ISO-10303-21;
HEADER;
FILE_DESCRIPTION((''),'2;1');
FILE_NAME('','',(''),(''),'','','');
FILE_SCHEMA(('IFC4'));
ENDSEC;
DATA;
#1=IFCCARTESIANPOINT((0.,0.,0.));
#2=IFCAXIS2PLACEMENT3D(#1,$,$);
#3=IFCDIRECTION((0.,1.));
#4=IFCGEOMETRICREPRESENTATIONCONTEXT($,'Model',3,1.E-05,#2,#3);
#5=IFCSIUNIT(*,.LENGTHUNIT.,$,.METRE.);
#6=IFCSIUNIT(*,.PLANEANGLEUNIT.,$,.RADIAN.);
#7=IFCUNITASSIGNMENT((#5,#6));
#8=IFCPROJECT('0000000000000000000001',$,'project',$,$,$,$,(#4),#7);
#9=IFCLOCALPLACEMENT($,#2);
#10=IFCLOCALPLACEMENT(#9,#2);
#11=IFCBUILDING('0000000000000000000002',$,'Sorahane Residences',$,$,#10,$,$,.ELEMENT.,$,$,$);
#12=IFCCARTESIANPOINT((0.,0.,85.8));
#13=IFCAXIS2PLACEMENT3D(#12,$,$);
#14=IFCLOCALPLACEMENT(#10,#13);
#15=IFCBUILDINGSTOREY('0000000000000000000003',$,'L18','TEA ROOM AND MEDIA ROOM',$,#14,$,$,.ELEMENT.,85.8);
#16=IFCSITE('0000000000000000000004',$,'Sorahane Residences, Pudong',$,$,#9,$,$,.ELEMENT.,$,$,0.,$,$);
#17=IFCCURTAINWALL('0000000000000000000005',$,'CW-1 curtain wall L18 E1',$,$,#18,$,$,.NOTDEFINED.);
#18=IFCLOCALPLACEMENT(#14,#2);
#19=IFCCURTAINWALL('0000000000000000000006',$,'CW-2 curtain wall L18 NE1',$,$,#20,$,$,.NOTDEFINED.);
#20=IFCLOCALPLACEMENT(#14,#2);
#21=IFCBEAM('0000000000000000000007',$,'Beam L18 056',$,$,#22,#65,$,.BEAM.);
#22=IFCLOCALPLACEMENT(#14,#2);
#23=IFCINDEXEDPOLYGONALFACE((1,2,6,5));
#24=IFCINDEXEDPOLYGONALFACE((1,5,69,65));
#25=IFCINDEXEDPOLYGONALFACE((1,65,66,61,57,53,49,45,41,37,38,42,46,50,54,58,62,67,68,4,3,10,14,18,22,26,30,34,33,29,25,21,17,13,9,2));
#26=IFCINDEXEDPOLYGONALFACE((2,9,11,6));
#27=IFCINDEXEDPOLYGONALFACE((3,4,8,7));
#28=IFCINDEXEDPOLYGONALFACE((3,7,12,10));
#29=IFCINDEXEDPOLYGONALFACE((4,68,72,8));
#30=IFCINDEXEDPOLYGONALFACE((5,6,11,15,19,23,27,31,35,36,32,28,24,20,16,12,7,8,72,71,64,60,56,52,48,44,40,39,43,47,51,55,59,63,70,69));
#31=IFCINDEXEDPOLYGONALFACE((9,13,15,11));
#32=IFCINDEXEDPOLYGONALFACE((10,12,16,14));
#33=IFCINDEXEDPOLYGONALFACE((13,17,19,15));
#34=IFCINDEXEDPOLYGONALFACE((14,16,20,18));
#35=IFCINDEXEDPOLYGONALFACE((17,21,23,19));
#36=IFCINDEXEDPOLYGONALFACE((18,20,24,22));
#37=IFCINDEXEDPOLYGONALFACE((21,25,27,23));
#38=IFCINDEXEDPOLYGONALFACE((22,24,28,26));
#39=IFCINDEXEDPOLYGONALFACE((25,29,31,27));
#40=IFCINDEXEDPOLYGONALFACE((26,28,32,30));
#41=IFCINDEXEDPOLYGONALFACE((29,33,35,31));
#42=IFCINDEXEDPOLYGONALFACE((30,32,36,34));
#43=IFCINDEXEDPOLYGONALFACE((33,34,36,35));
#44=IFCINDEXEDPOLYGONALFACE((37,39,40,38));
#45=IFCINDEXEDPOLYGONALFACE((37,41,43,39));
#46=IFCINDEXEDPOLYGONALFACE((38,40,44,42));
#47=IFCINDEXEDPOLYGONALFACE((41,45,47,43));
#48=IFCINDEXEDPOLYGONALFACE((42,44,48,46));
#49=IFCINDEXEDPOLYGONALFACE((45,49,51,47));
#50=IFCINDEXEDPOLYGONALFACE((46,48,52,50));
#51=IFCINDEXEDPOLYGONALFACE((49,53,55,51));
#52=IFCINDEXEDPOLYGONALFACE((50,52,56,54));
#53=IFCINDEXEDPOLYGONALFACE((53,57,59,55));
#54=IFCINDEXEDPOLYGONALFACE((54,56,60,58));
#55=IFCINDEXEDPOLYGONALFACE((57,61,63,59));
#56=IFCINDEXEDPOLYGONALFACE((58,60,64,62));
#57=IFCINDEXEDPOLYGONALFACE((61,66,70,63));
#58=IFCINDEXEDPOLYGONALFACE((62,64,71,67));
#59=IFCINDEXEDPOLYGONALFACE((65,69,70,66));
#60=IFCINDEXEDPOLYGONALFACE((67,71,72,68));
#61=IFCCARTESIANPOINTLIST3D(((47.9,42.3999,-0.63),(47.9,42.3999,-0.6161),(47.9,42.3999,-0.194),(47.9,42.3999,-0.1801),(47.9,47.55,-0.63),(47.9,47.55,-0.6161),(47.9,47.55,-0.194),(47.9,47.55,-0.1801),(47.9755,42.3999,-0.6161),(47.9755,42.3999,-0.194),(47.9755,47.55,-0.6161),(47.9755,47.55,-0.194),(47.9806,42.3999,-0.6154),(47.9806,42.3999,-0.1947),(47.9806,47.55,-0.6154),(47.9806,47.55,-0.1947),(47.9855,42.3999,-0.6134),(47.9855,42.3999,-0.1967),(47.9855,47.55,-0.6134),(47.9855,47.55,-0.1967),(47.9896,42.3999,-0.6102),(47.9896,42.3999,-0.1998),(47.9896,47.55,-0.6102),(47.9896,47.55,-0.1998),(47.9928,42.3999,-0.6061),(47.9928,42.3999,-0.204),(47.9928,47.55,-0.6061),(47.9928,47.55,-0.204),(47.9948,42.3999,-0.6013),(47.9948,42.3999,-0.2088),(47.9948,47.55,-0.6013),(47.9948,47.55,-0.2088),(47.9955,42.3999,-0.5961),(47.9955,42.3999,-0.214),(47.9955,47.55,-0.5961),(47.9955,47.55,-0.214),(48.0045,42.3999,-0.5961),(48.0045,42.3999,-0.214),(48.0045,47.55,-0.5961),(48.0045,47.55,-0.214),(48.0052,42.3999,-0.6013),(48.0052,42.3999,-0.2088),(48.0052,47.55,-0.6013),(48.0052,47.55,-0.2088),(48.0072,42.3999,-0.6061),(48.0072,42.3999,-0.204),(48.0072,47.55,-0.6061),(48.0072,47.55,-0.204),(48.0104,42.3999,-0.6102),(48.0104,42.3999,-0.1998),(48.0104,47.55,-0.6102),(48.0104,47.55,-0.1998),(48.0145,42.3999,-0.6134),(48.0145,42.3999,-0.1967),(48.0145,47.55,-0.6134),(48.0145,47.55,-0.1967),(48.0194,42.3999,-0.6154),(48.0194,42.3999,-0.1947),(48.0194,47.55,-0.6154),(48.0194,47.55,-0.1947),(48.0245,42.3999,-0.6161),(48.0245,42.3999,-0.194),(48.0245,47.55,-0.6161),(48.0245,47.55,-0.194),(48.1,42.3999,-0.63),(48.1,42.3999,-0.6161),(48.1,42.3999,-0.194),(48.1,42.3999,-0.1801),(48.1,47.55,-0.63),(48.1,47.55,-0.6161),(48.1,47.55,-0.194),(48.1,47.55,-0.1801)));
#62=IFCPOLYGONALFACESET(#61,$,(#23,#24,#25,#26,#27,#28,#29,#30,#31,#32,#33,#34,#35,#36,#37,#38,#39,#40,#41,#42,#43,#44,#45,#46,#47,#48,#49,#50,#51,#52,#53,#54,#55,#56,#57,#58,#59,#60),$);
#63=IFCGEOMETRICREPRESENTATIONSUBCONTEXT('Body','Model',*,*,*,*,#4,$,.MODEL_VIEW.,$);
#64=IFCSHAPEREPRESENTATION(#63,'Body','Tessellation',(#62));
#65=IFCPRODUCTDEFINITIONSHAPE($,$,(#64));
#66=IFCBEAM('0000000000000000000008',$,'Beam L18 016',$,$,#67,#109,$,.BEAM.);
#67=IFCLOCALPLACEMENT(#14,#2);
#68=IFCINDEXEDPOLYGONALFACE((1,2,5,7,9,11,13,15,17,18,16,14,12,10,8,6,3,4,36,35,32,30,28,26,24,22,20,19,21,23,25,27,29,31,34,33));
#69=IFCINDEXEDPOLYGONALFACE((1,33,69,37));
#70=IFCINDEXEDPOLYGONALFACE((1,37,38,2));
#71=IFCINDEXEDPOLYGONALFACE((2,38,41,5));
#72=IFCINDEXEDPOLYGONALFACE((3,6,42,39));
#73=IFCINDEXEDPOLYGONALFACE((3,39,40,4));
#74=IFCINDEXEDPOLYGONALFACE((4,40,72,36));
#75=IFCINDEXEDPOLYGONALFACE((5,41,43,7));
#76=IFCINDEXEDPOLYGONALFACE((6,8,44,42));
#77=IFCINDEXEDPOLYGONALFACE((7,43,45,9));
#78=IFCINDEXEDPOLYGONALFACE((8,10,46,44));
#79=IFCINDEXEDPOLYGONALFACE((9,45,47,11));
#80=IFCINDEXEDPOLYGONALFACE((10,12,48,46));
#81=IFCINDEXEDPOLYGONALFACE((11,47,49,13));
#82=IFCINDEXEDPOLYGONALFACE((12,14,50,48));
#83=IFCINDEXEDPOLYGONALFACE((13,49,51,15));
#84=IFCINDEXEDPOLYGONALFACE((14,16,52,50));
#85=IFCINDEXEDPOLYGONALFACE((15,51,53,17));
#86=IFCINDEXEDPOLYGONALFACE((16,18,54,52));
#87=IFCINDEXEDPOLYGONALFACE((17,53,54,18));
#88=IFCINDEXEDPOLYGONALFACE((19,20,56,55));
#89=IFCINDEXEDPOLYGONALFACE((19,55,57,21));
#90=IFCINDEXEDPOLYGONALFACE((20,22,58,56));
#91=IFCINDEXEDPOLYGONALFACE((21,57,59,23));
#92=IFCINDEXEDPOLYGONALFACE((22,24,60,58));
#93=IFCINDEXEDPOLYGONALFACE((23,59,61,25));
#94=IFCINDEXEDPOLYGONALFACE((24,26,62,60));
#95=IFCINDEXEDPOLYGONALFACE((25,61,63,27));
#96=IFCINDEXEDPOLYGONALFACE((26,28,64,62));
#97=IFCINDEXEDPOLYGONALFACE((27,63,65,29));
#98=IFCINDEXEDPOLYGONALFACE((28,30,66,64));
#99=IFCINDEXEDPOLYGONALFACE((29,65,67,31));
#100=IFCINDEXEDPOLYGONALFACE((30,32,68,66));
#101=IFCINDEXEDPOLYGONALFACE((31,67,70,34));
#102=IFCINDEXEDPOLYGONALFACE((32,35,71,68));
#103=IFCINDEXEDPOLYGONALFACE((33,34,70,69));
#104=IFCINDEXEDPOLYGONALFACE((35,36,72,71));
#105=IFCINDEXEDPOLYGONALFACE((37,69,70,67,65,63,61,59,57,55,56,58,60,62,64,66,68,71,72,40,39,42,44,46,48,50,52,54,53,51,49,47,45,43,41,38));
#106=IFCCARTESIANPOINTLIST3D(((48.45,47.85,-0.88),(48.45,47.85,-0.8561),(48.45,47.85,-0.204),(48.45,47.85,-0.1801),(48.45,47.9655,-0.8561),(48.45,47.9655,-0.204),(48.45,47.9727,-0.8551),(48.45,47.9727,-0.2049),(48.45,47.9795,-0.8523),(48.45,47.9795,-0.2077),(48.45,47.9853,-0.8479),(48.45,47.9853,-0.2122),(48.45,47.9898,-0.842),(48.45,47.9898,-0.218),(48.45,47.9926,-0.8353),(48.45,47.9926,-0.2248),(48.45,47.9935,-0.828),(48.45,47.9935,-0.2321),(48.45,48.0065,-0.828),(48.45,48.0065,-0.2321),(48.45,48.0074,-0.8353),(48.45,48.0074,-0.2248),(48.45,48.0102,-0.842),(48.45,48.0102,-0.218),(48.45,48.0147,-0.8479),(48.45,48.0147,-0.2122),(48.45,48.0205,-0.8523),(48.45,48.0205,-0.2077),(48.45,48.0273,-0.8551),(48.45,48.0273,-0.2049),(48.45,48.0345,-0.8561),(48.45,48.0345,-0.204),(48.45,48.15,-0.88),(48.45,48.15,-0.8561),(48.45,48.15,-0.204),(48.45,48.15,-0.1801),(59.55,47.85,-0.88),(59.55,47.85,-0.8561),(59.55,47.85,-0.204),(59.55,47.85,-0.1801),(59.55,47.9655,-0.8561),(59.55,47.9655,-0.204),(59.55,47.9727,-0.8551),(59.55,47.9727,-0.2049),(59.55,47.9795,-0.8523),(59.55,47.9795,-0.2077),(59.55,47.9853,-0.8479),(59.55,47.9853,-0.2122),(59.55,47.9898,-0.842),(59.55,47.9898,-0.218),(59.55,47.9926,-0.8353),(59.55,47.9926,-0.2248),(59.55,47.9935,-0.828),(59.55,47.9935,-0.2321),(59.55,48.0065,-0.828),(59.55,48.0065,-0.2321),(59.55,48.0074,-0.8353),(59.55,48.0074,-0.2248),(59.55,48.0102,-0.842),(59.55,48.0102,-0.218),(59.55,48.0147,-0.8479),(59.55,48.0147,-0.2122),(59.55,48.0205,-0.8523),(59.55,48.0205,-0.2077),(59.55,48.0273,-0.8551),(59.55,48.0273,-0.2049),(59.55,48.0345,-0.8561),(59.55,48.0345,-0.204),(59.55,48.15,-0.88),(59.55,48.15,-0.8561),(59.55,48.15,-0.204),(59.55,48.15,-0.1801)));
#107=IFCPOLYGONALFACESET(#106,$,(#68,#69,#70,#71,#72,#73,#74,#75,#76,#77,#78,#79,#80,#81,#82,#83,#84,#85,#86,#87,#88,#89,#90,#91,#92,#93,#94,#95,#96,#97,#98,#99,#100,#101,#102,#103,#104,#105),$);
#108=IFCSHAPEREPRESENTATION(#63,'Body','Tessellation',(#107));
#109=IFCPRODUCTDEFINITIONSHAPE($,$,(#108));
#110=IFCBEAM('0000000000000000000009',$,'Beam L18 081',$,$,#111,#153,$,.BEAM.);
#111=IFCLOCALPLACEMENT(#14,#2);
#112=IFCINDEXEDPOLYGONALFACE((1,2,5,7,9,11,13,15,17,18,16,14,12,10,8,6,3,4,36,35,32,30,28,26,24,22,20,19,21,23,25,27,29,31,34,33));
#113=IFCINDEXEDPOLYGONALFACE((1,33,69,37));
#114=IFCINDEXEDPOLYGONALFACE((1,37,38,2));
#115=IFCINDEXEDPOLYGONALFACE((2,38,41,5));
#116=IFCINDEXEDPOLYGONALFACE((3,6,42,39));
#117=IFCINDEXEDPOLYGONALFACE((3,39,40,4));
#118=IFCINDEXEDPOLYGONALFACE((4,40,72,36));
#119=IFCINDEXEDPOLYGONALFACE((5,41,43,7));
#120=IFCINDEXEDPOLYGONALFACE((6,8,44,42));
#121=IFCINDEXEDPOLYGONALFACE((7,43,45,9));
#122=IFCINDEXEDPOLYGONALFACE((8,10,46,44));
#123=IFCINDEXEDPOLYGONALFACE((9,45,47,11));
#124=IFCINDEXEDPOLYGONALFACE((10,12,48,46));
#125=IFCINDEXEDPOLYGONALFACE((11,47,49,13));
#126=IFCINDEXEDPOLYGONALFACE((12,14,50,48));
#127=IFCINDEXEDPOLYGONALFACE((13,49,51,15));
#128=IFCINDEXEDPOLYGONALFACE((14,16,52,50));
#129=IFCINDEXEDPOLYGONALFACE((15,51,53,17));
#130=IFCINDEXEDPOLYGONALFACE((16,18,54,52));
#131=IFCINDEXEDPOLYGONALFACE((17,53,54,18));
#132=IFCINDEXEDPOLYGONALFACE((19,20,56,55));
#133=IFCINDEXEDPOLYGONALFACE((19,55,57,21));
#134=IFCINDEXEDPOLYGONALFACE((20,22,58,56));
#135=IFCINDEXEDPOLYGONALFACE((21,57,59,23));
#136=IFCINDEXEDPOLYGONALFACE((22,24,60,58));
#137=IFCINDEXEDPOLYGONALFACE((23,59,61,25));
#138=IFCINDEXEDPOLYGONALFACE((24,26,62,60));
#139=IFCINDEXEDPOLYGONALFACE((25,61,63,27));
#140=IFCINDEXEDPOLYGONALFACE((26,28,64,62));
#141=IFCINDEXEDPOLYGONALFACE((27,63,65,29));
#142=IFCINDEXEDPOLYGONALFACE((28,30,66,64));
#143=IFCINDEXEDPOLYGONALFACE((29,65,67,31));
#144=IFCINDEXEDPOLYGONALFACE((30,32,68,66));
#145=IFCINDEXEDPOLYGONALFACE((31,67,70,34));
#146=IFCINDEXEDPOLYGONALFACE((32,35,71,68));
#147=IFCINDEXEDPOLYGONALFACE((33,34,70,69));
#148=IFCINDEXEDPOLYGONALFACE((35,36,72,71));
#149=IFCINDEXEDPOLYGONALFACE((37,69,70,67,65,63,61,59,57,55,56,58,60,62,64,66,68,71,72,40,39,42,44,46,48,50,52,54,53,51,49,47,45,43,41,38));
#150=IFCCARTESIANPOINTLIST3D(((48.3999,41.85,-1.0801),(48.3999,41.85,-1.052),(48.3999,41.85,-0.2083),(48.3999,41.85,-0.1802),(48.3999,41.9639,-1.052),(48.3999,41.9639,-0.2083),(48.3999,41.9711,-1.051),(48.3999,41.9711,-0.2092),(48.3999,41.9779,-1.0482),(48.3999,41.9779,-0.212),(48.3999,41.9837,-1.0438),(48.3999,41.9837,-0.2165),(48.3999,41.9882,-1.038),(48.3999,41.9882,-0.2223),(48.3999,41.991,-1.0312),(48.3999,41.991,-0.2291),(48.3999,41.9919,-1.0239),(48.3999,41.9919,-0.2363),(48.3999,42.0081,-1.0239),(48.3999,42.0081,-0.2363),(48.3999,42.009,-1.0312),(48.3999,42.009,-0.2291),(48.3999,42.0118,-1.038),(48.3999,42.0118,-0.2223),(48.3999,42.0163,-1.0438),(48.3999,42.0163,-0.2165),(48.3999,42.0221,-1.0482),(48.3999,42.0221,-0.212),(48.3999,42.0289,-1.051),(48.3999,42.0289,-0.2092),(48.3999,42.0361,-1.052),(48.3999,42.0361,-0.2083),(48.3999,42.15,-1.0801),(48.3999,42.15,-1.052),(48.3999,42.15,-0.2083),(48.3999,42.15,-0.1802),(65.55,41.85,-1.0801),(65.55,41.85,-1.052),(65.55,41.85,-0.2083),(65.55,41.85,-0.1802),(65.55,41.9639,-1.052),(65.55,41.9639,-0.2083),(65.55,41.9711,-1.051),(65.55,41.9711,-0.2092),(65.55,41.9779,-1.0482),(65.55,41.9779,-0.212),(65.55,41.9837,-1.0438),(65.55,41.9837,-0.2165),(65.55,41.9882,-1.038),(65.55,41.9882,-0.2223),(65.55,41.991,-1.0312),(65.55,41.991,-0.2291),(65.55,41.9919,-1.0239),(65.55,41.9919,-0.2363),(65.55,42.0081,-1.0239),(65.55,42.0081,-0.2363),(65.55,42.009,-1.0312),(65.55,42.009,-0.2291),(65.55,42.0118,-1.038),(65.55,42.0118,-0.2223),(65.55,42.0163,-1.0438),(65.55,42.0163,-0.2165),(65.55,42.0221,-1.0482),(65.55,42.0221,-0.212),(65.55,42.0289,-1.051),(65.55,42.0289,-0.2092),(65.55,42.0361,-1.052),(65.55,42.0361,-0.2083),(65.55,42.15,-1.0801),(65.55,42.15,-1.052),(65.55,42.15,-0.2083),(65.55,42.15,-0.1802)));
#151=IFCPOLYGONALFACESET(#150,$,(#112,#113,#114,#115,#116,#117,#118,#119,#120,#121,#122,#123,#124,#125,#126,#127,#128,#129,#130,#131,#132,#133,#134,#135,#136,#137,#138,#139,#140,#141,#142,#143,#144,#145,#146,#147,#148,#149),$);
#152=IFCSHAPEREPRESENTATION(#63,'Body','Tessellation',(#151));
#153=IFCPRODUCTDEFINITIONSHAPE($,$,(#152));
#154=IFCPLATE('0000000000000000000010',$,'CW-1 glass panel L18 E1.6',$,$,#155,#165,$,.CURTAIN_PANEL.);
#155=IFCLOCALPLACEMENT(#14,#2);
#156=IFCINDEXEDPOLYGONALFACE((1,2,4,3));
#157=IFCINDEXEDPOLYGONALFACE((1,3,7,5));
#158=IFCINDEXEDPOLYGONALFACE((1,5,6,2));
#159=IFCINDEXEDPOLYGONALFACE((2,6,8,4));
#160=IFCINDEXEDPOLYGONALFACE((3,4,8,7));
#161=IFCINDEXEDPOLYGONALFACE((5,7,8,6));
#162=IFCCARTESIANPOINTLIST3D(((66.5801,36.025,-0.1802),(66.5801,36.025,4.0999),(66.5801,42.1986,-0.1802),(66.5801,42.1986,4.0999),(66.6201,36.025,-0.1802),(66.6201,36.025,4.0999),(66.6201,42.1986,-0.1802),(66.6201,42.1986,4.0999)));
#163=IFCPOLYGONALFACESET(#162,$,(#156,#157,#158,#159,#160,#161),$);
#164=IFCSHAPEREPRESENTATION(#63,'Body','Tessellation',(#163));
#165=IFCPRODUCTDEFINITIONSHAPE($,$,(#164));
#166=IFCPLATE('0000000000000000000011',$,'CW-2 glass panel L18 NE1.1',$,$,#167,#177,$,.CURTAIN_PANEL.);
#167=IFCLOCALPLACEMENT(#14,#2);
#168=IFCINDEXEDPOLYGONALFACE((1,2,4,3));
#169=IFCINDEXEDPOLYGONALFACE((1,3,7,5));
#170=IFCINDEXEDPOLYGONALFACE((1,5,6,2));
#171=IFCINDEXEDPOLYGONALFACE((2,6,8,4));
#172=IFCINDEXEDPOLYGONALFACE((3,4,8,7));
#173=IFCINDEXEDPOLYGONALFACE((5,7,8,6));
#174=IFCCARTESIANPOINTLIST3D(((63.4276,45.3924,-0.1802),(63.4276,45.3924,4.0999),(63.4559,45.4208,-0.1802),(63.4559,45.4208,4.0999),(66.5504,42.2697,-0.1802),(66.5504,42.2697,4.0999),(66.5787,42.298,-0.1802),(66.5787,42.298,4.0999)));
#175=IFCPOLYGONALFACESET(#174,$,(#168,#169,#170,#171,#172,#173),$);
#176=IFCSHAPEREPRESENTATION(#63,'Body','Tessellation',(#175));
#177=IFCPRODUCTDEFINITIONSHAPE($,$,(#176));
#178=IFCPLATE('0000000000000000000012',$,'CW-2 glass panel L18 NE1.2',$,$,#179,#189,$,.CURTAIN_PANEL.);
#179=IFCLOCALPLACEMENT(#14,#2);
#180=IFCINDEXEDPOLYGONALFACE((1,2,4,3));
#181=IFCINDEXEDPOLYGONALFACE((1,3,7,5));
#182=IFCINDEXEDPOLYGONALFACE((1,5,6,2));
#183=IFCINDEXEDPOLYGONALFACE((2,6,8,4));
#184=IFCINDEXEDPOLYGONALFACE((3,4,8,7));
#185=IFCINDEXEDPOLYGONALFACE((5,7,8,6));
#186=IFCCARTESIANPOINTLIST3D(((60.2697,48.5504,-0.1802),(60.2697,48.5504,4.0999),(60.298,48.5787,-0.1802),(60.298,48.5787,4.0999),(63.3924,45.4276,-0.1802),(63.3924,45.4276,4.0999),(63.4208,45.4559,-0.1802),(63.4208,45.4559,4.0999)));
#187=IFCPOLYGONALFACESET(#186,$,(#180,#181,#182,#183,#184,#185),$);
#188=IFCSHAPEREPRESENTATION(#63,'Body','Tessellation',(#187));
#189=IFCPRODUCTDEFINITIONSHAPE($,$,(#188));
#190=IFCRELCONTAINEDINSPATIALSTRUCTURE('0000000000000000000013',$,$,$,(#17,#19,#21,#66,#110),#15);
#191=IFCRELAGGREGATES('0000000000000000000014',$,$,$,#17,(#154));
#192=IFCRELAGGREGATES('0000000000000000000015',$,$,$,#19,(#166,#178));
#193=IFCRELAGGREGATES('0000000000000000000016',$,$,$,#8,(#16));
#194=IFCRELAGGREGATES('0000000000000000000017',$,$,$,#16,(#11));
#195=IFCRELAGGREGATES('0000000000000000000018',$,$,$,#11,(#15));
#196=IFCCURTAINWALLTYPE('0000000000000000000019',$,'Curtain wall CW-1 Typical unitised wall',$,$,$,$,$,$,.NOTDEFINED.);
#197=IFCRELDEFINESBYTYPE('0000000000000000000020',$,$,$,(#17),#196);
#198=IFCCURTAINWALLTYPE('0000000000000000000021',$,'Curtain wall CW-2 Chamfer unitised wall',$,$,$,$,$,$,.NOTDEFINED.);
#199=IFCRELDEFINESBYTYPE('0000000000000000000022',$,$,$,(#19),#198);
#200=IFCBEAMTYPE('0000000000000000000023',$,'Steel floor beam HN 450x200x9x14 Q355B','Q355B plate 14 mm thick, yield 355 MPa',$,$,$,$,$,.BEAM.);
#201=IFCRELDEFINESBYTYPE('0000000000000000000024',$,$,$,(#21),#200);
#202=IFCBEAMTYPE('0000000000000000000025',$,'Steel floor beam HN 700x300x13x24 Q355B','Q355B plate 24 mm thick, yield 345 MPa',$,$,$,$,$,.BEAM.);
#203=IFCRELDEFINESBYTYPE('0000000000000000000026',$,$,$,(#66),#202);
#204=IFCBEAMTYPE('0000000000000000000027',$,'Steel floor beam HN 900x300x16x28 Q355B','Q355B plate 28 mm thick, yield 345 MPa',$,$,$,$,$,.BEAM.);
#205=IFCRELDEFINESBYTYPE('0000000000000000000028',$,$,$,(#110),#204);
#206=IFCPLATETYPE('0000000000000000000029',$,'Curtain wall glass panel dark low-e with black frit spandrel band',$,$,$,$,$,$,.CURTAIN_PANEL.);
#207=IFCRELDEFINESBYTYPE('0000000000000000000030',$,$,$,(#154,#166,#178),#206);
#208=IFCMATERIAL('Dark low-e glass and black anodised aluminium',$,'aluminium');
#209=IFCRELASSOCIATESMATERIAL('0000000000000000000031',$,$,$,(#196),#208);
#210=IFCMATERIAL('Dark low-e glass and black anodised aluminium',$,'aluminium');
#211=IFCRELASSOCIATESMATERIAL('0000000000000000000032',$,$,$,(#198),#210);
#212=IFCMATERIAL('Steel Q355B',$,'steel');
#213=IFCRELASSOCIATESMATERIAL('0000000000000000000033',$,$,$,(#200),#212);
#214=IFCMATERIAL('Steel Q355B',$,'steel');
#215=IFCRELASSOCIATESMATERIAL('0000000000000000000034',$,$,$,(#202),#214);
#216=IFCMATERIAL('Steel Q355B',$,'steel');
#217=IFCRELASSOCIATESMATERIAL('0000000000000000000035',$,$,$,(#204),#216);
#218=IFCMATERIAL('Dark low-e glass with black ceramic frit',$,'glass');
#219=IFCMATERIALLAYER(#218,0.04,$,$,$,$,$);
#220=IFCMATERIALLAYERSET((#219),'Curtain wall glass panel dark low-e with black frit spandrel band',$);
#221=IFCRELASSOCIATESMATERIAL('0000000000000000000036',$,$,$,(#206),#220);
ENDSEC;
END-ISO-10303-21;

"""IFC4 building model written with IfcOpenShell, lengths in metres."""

from ifc_helpers import new_model, si_unit, direction, frame, origin, origin_2d, place, context, subcontext, project, spatial, rectangle, i_section, extrude, material, layer, layer_set, material_profile, profile_set, type_object, element, aggregate, save


model = new_model("IFC4")

# Units and contexts
model_context = context("Model", 3, precision=1e-05, world=origin(), true_north=direction((0.0, 1.0)))
body_context = subcontext(model_context, "Body", "Model", "MODEL_VIEW")
ifc_project = project(units=[si_unit("LENGTHUNIT", "METRE"), si_unit("PLANEANGLEUNIT", "RADIAN")], contexts=[model_context])

# Site, building, storey
site_placement = place(None, origin())
site = spatial("IfcSite", under=ifc_project, at=site_placement, Name="Sorahane Residences, Pudong", CompositionType="ELEMENT", RefElevation=0.0)
building_placement = place(site_placement, origin())
building = spatial("IfcBuilding", under=site, at=building_placement, Name="Sorahane Residences", CompositionType="ELEMENT")
storey_placement = place(building_placement, frame((0.0, 0.0, 85.8)))
storey = spatial("IfcBuildingStorey", under=building, at=storey_placement, Name="L18", Description="TEA ROOM AND MEDIA ROOM", CompositionType="ELEMENT", Elevation=85.8)

# Curtain wall
ifc_material_1 = material(Name="Dark low-e glass and black anodised aluminium", Category="aluminium")
curtain_wall_type_1 = type_object("IfcCurtainWallType", Name="Curtain wall CW-1 Typical unitised wall", PredefinedType="NOTDEFINED", material=ifc_material_1)
curtain_wall_1_placement = place(storey_placement, origin())
curtain_wall_1 = element("IfcCurtainWall", 1, at=curtain_wall_1_placement, inside=storey, type_object=curtain_wall_type_1, Name="CW-1 curtain wall L18 E1", PredefinedType="NOTDEFINED")

# Curtain wall
ifc_material_2 = material(Name="Dark low-e glass and black anodised aluminium", Category="aluminium")
curtain_wall_type_2 = type_object("IfcCurtainWallType", Name="Curtain wall CW-2 Chamfer unitised wall", PredefinedType="NOTDEFINED", material=ifc_material_2)
curtain_wall_2_placement = place(storey_placement, origin())
curtain_wall_2 = element("IfcCurtainWall", 2, at=curtain_wall_2_placement, inside=storey, type_object=curtain_wall_type_2, Name="CW-2 curtain wall L18 NE1", PredefinedType="NOTDEFINED")

# Beams
ifc_material_3 = material(Name="Steel Q355B", Category="steel")
ifc_material_profile_1 = material_profile(ifc_material_3, i_section(OverallWidth=0.2, OverallDepth=0.45, WebThickness=0.009, FlangeThickness=0.0139, FilletRadius=0.02, at=origin_2d()), Name="HN 450x200x9x14")
ifc_profile_set_1 = profile_set([ifc_material_profile_1], Name="Steel Q355B")
beam_type_1 = type_object("IfcBeamType", Name="Steel floor beam HN 450x200x9x14 Q355B", Description="Q355B plate 14 mm thick, yield 355 MPa", PredefinedType="BEAM", material=ifc_profile_set_1)
beam_1_placement = place(storey_placement, frame((48.0, 42.3999, -0.405), z_axis=(0.0, 1.0, 0.0), x_axis=(-1.0, 0.0, 0.0)))
element("IfcBeam", 3, at=beam_1_placement, inside=storey, type_object=beam_type_1, Name="Beam L18 056", PredefinedType="BEAM", context=body_context, shape_type="SweptSolid", body=[
    extrude(i_section(OverallWidth=0.2, OverallDepth=0.45, WebThickness=0.009, FlangeThickness=0.0139, FilletRadius=0.02, at=origin_2d()), origin(), (0.0, 0.0, 1.0), 5.1501),
])
ifc_material_4 = material(Name="Steel Q355B", Category="steel")
ifc_material_profile_2 = material_profile(ifc_material_4, i_section(OverallWidth=0.3, OverallDepth=0.7, WebThickness=0.0129, FlangeThickness=0.0239, FilletRadius=0.0281, at=origin_2d()), Name="HN 700x300x13x24")
ifc_profile_set_2 = profile_set([ifc_material_profile_2], Name="Steel Q355B")
beam_type_2 = type_object("IfcBeamType", Name="Steel floor beam HN 700x300x13x24 Q355B", Description="Q355B plate 24 mm thick, yield 345 MPa", PredefinedType="BEAM", material=ifc_profile_set_2)
beam_2_placement = place(storey_placement, frame((48.45, 48.0, -0.53), z_axis=(1.0, 0.0, 0.0), x_axis=(0.0, 1.0, 0.0)))
element("IfcBeam", 4, at=beam_2_placement, inside=storey, type_object=beam_type_2, Name="Beam L18 016", PredefinedType="BEAM", context=body_context, shape_type="SweptSolid", body=[
    extrude(i_section(OverallWidth=0.3, OverallDepth=0.7, WebThickness=0.0129, FlangeThickness=0.0239, FilletRadius=0.0281, at=origin_2d()), origin(), (0.0, 0.0, 1.0), 11.1001),
])
ifc_material_5 = material(Name="Steel Q355B", Category="steel")
ifc_material_profile_3 = material_profile(ifc_material_5, i_section(OverallWidth=0.3, OverallDepth=0.8999, WebThickness=0.0161, FlangeThickness=0.0281, FilletRadius=0.0281, at=origin_2d()), Name="HN 900x300x16x28")
ifc_profile_set_3 = profile_set([ifc_material_profile_3], Name="Steel Q355B")
beam_type_3 = type_object("IfcBeamType", Name="Steel floor beam HN 900x300x16x28 Q355B", Description="Q355B plate 28 mm thick, yield 345 MPa", PredefinedType="BEAM", material=ifc_profile_set_3)
beam_3_placement = place(storey_placement, frame((48.3999, 42.0, -0.6301), z_axis=(1.0, 0.0, 0.0), x_axis=(0.0, 1.0, 0.0)))
element("IfcBeam", 5, at=beam_3_placement, inside=storey, type_object=beam_type_3, Name="Beam L18 081", PredefinedType="BEAM", context=body_context, shape_type="SweptSolid", body=[
    extrude(i_section(OverallWidth=0.3, OverallDepth=0.8999, WebThickness=0.0161, FlangeThickness=0.0281, FilletRadius=0.0281, at=origin_2d()), origin(), (0.0, 0.0, 1.0), 17.1501),
])

# Plates
ifc_material_6 = material(Name="Dark low-e glass with black ceramic frit", Category="glass")
ifc_layer_1 = layer(ifc_material_6, 0.04)
ifc_layer_set_1 = layer_set([ifc_layer_1], Name="Curtain wall glass panel dark low-e with black frit spandrel band")
plate_type = type_object("IfcPlateType", Name="Curtain wall glass panel dark low-e with black frit spandrel band", PredefinedType="CURTAIN_PANEL", material=ifc_layer_set_1)
plate_1_placement = place(storey_placement, frame((66.6001, 39.1118, -0.1802), z_axis=(0.0, 0.0, 1.0), x_axis=(0.0, 1.0, 0.0)))
plate_1 = element("IfcPlate", 6, at=plate_1_placement, type_object=plate_type, Name="CW-1 glass panel L18 E1.6", PredefinedType="CURTAIN_PANEL", context=body_context, shape_type="SweptSolid", body=[
    extrude(rectangle(XDim=6.1736, YDim=0.04, at=origin_2d()), origin(), (0.0, 0.0, 1.0), 4.28),
])
aggregate(curtain_wall_1, [plate_1])
plate_2_placement = place(storey_placement, frame((65.0032, 43.8452, -0.1802), z_axis=(0.0, 0.0, 1.0), x_axis=(-0.707107, 0.707107, 0.0)))
plate_2 = element("IfcPlate", 7, at=plate_2_placement, type_object=plate_type, Name="CW-2 glass panel L18 NE1.1", PredefinedType="CURTAIN_PANEL", context=body_context, shape_type="SweptSolid", body=[
    extrude(rectangle(XDim=4.4163, YDim=0.04, at=origin_2d()), origin(), (0.0, 0.0, 1.0), 4.28),
])
plate_3_placement = place(storey_placement, frame((61.8452, 47.0032, -0.1802), z_axis=(0.0, 0.0, 1.0), x_axis=(-0.707107, 0.707107, 0.0)))
plate_3 = element("IfcPlate", 8, at=plate_3_placement, type_object=plate_type, Name="CW-2 glass panel L18 NE1.2", PredefinedType="CURTAIN_PANEL", context=body_context, shape_type="SweptSolid", body=[
    extrude(rectangle(XDim=4.4163, YDim=0.04, at=origin_2d()), origin(), (0.0, 0.0, 1.0), 4.28),
])
aggregate(curtain_wall_2, [plate_2, plate_3])

save(model, "model.ifc")
